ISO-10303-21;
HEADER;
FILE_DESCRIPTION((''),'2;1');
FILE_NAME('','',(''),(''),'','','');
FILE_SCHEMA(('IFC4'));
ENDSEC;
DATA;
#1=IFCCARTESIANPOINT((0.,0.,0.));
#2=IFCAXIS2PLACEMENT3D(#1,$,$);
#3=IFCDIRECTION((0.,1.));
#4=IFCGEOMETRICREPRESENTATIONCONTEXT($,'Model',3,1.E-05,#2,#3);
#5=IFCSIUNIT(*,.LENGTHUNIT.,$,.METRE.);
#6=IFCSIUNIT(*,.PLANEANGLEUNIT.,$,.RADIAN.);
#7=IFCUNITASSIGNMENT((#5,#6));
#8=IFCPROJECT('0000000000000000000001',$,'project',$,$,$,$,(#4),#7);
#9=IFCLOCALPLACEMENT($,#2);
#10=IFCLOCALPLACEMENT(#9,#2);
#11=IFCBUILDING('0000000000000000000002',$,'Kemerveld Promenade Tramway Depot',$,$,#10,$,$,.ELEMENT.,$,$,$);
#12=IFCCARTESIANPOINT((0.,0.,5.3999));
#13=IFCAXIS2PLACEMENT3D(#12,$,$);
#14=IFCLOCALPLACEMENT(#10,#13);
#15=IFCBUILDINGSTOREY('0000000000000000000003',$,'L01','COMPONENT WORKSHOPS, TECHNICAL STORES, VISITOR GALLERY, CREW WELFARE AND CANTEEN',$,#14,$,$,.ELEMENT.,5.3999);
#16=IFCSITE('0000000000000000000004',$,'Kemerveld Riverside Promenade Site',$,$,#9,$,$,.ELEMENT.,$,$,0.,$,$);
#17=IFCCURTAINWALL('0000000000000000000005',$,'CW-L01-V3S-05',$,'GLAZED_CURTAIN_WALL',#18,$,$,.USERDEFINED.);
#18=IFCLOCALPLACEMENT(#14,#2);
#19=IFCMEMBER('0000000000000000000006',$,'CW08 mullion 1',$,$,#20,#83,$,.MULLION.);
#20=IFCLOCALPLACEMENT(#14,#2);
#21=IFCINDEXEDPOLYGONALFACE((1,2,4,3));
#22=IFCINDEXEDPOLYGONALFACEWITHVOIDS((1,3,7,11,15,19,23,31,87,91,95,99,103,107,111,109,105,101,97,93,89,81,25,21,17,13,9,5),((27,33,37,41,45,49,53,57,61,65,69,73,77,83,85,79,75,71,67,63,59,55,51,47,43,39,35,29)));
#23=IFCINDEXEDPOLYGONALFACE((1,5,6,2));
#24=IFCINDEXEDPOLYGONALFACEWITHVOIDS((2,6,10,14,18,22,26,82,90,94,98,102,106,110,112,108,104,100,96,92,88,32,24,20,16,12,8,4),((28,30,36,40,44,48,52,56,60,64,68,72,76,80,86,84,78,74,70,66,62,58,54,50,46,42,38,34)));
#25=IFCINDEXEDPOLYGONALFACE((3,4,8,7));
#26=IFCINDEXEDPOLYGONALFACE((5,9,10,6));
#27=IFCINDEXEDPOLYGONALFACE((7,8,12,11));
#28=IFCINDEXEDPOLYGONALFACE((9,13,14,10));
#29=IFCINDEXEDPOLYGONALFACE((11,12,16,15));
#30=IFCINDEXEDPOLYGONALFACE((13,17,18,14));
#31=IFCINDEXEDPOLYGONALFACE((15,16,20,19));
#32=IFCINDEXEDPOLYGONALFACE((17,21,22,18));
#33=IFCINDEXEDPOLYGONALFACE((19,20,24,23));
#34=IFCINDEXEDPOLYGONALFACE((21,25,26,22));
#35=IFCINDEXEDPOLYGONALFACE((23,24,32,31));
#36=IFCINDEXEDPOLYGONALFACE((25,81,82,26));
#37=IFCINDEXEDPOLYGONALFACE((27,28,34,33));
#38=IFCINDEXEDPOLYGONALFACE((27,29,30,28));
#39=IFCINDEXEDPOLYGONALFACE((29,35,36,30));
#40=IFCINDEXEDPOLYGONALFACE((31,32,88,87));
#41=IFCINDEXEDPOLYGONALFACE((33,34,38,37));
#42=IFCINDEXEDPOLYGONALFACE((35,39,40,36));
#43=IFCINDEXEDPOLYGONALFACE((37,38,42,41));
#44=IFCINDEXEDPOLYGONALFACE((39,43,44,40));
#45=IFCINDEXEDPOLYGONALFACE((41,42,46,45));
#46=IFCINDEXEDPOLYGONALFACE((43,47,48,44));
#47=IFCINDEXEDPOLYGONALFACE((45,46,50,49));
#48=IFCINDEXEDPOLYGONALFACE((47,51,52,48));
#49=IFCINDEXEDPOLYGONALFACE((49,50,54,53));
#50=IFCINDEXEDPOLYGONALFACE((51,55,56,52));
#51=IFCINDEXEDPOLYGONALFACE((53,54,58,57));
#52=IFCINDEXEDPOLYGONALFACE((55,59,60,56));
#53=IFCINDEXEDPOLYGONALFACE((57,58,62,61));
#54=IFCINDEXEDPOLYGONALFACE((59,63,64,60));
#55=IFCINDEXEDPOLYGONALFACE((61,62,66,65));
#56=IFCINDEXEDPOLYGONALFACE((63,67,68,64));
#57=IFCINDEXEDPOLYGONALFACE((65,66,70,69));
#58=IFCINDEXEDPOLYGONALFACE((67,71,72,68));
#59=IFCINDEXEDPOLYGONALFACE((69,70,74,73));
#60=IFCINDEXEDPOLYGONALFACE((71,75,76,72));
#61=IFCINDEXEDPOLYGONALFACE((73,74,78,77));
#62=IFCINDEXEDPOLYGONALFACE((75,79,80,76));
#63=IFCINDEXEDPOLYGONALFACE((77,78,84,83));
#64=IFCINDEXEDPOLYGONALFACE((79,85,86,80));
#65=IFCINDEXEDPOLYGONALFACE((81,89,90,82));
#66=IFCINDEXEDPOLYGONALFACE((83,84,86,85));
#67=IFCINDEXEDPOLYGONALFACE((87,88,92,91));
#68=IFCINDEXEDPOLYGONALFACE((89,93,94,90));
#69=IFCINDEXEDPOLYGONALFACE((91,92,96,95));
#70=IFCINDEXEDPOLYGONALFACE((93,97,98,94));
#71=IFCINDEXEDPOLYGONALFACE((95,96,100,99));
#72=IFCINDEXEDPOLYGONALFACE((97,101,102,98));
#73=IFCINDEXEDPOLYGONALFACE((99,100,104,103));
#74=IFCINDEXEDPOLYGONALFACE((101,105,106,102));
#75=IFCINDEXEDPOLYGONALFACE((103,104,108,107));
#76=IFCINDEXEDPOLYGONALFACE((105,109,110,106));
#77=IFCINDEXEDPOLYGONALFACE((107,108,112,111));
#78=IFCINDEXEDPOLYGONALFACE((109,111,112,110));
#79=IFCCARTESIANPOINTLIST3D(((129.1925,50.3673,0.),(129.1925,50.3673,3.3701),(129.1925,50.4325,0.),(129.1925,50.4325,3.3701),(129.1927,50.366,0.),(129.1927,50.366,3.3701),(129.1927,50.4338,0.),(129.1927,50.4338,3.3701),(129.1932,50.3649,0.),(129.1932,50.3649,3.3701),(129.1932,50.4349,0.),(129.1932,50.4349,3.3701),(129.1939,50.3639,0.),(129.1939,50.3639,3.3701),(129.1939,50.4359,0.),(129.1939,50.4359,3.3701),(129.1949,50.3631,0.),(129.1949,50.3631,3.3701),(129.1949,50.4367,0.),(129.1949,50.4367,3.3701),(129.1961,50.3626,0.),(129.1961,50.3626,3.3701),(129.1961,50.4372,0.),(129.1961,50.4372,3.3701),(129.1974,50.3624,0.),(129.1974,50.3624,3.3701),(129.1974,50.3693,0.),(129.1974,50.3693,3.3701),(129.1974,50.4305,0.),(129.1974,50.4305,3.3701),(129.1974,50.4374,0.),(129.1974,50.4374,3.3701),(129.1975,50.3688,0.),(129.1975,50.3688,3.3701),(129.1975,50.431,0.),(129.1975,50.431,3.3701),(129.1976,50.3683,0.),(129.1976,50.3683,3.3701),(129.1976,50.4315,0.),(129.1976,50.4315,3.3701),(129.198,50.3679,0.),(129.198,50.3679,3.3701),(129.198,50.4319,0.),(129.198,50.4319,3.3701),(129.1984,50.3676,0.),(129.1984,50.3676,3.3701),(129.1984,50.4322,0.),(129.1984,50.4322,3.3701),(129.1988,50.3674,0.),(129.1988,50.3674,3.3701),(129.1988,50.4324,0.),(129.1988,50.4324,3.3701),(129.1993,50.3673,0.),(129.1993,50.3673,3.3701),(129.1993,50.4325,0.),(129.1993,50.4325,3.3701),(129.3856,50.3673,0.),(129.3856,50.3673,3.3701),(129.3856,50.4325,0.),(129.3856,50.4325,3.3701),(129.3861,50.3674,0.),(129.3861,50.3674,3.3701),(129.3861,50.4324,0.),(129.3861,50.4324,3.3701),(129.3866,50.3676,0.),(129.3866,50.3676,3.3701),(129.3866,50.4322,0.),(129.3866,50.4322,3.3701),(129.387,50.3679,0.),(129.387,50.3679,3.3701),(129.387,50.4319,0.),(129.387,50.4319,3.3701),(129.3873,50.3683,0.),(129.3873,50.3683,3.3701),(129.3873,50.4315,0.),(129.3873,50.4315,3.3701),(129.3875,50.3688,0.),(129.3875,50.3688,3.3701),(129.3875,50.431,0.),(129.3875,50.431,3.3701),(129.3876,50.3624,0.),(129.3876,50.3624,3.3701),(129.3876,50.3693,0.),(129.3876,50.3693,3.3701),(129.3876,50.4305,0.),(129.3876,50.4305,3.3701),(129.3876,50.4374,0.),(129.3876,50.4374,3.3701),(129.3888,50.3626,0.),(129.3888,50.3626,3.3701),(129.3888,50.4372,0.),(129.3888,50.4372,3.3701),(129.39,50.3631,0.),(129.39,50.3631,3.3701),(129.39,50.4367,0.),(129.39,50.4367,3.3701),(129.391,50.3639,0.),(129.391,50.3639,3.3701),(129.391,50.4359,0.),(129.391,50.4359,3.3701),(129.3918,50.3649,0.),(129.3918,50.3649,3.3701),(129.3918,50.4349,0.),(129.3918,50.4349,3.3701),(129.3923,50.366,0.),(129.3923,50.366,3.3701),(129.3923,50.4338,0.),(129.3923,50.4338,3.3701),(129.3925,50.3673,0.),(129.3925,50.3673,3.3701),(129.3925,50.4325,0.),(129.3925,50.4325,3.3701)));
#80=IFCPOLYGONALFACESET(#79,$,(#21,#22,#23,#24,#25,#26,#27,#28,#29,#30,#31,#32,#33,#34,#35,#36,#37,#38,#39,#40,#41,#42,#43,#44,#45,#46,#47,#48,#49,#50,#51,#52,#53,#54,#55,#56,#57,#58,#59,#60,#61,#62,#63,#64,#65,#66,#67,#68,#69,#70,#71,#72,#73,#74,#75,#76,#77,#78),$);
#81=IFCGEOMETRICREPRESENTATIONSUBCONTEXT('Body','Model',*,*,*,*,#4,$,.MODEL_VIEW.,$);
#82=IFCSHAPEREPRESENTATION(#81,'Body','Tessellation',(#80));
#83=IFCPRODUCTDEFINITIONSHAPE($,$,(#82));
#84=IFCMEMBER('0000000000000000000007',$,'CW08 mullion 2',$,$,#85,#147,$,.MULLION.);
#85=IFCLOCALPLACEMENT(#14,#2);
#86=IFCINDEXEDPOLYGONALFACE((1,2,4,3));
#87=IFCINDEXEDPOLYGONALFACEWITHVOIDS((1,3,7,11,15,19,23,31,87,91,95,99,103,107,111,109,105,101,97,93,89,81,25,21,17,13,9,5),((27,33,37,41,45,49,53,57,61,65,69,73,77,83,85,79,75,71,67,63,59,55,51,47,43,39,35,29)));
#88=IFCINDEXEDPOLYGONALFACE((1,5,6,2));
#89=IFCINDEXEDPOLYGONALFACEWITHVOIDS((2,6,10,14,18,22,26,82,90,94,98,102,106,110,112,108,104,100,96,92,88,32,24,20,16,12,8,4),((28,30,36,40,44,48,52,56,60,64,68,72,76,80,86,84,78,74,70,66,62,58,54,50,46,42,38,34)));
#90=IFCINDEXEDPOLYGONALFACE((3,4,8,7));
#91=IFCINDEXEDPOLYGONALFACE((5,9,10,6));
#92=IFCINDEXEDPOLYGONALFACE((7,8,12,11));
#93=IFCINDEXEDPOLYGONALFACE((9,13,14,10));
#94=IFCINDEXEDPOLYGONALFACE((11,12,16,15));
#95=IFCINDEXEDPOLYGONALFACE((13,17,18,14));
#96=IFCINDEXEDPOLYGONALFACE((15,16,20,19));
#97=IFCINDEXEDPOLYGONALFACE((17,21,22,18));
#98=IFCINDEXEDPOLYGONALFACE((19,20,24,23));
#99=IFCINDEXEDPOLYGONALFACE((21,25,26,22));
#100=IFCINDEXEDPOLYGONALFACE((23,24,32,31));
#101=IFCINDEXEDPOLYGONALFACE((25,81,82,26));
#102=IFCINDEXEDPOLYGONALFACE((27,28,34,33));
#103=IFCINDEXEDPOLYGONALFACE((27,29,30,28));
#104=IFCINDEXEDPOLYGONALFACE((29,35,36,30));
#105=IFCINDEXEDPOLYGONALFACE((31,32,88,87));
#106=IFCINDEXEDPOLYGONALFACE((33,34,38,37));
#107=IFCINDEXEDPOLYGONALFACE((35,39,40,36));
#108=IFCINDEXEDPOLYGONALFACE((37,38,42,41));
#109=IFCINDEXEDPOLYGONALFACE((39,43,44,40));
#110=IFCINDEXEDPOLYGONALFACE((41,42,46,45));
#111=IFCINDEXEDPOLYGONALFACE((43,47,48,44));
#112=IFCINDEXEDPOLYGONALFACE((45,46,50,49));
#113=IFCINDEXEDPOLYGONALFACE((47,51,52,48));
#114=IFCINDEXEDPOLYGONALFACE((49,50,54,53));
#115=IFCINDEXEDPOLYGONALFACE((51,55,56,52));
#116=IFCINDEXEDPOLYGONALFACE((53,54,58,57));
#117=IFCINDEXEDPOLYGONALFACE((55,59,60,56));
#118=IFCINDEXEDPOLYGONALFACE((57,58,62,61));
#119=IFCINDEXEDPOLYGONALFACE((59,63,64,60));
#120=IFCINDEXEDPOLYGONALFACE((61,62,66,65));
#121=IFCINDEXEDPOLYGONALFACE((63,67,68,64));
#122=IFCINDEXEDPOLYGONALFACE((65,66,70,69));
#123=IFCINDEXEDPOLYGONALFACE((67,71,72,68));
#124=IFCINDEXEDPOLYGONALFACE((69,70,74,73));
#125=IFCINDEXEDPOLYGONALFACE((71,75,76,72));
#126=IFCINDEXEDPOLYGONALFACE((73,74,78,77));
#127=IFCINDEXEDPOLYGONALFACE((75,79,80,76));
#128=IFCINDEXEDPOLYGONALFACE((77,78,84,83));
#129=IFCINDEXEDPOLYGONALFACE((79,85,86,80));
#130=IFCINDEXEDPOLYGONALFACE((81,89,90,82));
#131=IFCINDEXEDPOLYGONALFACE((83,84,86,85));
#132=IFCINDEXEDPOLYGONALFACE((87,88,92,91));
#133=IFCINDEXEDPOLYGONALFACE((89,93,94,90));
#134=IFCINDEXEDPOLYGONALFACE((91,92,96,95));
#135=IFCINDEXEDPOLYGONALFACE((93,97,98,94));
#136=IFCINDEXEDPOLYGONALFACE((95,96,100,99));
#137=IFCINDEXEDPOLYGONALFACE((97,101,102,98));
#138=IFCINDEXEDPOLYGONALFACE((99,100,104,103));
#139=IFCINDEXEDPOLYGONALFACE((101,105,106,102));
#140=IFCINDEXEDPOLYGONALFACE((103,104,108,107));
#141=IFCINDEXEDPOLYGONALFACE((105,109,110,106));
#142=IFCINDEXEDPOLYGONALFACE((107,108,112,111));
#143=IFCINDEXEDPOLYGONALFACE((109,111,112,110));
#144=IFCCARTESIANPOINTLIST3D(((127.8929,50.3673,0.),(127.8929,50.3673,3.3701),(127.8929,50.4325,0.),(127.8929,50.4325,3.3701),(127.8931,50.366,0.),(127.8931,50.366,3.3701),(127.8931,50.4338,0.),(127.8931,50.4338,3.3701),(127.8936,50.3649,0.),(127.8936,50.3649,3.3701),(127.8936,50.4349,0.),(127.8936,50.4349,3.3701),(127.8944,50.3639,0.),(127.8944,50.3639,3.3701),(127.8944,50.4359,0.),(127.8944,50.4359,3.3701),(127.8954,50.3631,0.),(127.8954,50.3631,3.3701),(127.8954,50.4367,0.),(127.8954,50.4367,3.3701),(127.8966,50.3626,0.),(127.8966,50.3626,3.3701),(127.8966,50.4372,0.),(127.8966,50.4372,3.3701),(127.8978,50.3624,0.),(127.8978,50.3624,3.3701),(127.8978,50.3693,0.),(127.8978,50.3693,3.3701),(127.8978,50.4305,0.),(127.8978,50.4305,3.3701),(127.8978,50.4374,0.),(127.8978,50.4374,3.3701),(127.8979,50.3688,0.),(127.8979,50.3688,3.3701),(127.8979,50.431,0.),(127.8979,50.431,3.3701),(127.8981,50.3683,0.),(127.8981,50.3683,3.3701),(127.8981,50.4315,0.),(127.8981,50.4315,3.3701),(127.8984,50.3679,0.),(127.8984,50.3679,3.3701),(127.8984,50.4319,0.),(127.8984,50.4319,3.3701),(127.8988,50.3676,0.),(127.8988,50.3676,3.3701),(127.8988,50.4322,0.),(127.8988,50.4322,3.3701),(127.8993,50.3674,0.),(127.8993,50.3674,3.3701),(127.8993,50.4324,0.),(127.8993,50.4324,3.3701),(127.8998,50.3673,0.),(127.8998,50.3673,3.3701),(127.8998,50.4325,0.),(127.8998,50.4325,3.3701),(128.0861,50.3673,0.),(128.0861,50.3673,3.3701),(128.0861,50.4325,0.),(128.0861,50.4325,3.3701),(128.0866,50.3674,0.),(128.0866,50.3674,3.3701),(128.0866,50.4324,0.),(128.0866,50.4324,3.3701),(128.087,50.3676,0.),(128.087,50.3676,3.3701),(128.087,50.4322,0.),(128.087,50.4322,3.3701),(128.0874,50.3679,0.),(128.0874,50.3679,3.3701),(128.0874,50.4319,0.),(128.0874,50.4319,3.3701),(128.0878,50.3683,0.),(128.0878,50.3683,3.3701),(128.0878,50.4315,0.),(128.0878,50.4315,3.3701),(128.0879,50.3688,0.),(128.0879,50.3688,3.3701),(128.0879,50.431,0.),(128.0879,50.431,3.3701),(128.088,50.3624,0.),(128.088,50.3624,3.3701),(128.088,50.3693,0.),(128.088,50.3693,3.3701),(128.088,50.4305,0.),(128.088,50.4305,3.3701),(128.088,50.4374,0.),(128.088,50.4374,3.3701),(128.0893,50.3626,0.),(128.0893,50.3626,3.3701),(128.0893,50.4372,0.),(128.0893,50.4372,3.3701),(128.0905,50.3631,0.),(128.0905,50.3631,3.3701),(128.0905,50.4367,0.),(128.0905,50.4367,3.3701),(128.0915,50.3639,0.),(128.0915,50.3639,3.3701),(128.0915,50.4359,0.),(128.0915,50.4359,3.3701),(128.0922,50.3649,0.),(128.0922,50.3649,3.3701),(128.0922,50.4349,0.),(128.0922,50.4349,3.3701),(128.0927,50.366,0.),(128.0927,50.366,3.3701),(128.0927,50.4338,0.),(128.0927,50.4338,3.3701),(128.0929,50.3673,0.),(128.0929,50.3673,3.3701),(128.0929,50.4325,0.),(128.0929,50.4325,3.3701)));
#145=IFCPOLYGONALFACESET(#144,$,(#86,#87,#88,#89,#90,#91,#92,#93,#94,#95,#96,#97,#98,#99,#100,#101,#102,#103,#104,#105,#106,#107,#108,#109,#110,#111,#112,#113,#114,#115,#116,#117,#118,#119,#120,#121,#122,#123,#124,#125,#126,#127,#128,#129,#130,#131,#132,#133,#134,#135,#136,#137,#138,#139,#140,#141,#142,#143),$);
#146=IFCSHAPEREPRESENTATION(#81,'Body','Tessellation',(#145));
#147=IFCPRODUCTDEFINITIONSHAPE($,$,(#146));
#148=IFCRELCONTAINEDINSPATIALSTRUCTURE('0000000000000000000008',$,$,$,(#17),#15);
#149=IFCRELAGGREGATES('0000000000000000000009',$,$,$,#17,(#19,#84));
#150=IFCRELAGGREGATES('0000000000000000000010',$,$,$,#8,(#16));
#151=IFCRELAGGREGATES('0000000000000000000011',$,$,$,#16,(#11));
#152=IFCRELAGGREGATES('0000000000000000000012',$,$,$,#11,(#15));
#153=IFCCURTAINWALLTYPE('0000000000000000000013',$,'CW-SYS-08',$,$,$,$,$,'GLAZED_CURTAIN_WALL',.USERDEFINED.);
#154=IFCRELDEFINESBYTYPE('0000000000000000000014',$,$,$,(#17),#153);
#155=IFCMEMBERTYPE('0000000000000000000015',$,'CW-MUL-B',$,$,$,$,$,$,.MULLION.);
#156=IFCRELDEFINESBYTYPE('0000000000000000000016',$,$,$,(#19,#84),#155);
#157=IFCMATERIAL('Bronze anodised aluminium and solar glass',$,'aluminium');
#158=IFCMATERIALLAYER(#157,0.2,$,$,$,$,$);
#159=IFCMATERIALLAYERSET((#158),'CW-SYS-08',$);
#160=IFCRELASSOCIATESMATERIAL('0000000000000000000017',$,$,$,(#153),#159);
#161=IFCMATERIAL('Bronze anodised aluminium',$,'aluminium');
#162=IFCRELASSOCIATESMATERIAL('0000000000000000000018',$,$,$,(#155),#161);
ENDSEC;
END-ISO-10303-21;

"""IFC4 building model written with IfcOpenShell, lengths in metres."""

from ifc_helpers import new_model, si_unit, direction, frame, origin, origin_2d, place, context, subcontext, project, spatial, hollow_rectangle, extrude, material, layer, layer_set, material_profile, profile_set, type_object, element, aggregate, save


model = new_model("IFC4")

# Units and contexts
model_context = context("Model", 3, precision=1e-05, world=origin(), true_north=direction((0.0, 1.0)))
body_context = subcontext(model_context, "Body", "Model", "MODEL_VIEW")
ifc_project = project(units=[si_unit("LENGTHUNIT", "METRE"), si_unit("PLANEANGLEUNIT", "RADIAN")], contexts=[model_context])

# Site, building, storey
site_placement = place(None, origin())
site = spatial("IfcSite", under=ifc_project, at=site_placement, Name="Kemerveld Riverside Promenade Site", CompositionType="ELEMENT", RefElevation=0.0)
building_placement = place(site_placement, origin())
building = spatial("IfcBuilding", under=site, at=building_placement, Name="Kemerveld Promenade Tramway Depot", CompositionType="ELEMENT")
storey_placement = place(building_placement, frame((0.0, 0.0, 5.3999)))
storey = spatial("IfcBuildingStorey", under=building, at=storey_placement, Name="L01", Description="COMPONENT WORKSHOPS, TECHNICAL STORES, VISITOR GALLERY, CREW WELFARE AND CANTEEN", CompositionType="ELEMENT", Elevation=5.3999)

# Curtain wall, members
ifc_material_1 = material(Name="Bronze anodised aluminium and solar glass", Category="aluminium")
ifc_layer_1 = layer(ifc_material_1, 0.2)
ifc_layer_set_1 = layer_set([ifc_layer_1], Name="CW-SYS-08")
curtain_wall_type = type_object("IfcCurtainWallType", Name="CW-SYS-08", ElementType="GLAZED_CURTAIN_WALL", PredefinedType="USERDEFINED", material=ifc_layer_set_1)
curtain_wall_placement = place(storey_placement, origin())
curtain_wall = element("IfcCurtainWall", 1, at=curtain_wall_placement, inside=storey, type_object=curtain_wall_type, Name="CW-L01-V3S-05", ObjectType="GLAZED_CURTAIN_WALL", PredefinedType="USERDEFINED")
ifc_material_2 = material(Name="Bronze anodised aluminium", Category="aluminium")
ifc_material_profile_1 = material_profile(ifc_material_2, hollow_rectangle(XDim=0.075, YDim=0.2, WallThickness=0.0049, InnerFilletRadius=0.002, OuterFilletRadius=0.0049, at=origin_2d()), Name="CW-MUL-200x75")
ifc_profile_set_1 = profile_set([ifc_material_profile_1], Name="Bronze anodised aluminium")
member_type_1 = type_object("IfcMemberType", Name="CW-MUL-B", PredefinedType="MULLION", material=ifc_profile_set_1)
member_1_placement = place(storey_placement, frame((129.2925, 50.3999, 0.0), z_axis=(0.0, 0.0, 1.0), x_axis=(0.0, -1.0, 0.0)))
member_1 = element("IfcMember", 2, at=member_1_placement, type_object=member_type_1, Name="CW08 mullion 1", PredefinedType="MULLION", context=body_context, shape_type="SweptSolid", body=[
    extrude(hollow_rectangle(XDim=0.075, YDim=0.2, WallThickness=0.0049, InnerFilletRadius=0.002, OuterFilletRadius=0.0049, at=origin_2d()), origin(), (0.0, 0.0, 1.0), 3.3701),
])
member_2_placement = place(storey_placement, frame((127.9929, 50.3999, 0.0), z_axis=(0.0, 0.0, 1.0), x_axis=(0.0, -1.0, 0.0)))
member_2 = element("IfcMember", 3, at=member_2_placement, type_object=member_type_1, Name="CW08 mullion 2", PredefinedType="MULLION", context=body_context, shape_type="SweptSolid", body=[
    extrude(hollow_rectangle(XDim=0.075, YDim=0.2, WallThickness=0.0049, InnerFilletRadius=0.002, OuterFilletRadius=0.0049, at=origin_2d()), origin(), (0.0, 0.0, 1.0), 3.3701),
])
aggregate(curtain_wall, [member_1, member_2])

save(model, "model.ifc")
